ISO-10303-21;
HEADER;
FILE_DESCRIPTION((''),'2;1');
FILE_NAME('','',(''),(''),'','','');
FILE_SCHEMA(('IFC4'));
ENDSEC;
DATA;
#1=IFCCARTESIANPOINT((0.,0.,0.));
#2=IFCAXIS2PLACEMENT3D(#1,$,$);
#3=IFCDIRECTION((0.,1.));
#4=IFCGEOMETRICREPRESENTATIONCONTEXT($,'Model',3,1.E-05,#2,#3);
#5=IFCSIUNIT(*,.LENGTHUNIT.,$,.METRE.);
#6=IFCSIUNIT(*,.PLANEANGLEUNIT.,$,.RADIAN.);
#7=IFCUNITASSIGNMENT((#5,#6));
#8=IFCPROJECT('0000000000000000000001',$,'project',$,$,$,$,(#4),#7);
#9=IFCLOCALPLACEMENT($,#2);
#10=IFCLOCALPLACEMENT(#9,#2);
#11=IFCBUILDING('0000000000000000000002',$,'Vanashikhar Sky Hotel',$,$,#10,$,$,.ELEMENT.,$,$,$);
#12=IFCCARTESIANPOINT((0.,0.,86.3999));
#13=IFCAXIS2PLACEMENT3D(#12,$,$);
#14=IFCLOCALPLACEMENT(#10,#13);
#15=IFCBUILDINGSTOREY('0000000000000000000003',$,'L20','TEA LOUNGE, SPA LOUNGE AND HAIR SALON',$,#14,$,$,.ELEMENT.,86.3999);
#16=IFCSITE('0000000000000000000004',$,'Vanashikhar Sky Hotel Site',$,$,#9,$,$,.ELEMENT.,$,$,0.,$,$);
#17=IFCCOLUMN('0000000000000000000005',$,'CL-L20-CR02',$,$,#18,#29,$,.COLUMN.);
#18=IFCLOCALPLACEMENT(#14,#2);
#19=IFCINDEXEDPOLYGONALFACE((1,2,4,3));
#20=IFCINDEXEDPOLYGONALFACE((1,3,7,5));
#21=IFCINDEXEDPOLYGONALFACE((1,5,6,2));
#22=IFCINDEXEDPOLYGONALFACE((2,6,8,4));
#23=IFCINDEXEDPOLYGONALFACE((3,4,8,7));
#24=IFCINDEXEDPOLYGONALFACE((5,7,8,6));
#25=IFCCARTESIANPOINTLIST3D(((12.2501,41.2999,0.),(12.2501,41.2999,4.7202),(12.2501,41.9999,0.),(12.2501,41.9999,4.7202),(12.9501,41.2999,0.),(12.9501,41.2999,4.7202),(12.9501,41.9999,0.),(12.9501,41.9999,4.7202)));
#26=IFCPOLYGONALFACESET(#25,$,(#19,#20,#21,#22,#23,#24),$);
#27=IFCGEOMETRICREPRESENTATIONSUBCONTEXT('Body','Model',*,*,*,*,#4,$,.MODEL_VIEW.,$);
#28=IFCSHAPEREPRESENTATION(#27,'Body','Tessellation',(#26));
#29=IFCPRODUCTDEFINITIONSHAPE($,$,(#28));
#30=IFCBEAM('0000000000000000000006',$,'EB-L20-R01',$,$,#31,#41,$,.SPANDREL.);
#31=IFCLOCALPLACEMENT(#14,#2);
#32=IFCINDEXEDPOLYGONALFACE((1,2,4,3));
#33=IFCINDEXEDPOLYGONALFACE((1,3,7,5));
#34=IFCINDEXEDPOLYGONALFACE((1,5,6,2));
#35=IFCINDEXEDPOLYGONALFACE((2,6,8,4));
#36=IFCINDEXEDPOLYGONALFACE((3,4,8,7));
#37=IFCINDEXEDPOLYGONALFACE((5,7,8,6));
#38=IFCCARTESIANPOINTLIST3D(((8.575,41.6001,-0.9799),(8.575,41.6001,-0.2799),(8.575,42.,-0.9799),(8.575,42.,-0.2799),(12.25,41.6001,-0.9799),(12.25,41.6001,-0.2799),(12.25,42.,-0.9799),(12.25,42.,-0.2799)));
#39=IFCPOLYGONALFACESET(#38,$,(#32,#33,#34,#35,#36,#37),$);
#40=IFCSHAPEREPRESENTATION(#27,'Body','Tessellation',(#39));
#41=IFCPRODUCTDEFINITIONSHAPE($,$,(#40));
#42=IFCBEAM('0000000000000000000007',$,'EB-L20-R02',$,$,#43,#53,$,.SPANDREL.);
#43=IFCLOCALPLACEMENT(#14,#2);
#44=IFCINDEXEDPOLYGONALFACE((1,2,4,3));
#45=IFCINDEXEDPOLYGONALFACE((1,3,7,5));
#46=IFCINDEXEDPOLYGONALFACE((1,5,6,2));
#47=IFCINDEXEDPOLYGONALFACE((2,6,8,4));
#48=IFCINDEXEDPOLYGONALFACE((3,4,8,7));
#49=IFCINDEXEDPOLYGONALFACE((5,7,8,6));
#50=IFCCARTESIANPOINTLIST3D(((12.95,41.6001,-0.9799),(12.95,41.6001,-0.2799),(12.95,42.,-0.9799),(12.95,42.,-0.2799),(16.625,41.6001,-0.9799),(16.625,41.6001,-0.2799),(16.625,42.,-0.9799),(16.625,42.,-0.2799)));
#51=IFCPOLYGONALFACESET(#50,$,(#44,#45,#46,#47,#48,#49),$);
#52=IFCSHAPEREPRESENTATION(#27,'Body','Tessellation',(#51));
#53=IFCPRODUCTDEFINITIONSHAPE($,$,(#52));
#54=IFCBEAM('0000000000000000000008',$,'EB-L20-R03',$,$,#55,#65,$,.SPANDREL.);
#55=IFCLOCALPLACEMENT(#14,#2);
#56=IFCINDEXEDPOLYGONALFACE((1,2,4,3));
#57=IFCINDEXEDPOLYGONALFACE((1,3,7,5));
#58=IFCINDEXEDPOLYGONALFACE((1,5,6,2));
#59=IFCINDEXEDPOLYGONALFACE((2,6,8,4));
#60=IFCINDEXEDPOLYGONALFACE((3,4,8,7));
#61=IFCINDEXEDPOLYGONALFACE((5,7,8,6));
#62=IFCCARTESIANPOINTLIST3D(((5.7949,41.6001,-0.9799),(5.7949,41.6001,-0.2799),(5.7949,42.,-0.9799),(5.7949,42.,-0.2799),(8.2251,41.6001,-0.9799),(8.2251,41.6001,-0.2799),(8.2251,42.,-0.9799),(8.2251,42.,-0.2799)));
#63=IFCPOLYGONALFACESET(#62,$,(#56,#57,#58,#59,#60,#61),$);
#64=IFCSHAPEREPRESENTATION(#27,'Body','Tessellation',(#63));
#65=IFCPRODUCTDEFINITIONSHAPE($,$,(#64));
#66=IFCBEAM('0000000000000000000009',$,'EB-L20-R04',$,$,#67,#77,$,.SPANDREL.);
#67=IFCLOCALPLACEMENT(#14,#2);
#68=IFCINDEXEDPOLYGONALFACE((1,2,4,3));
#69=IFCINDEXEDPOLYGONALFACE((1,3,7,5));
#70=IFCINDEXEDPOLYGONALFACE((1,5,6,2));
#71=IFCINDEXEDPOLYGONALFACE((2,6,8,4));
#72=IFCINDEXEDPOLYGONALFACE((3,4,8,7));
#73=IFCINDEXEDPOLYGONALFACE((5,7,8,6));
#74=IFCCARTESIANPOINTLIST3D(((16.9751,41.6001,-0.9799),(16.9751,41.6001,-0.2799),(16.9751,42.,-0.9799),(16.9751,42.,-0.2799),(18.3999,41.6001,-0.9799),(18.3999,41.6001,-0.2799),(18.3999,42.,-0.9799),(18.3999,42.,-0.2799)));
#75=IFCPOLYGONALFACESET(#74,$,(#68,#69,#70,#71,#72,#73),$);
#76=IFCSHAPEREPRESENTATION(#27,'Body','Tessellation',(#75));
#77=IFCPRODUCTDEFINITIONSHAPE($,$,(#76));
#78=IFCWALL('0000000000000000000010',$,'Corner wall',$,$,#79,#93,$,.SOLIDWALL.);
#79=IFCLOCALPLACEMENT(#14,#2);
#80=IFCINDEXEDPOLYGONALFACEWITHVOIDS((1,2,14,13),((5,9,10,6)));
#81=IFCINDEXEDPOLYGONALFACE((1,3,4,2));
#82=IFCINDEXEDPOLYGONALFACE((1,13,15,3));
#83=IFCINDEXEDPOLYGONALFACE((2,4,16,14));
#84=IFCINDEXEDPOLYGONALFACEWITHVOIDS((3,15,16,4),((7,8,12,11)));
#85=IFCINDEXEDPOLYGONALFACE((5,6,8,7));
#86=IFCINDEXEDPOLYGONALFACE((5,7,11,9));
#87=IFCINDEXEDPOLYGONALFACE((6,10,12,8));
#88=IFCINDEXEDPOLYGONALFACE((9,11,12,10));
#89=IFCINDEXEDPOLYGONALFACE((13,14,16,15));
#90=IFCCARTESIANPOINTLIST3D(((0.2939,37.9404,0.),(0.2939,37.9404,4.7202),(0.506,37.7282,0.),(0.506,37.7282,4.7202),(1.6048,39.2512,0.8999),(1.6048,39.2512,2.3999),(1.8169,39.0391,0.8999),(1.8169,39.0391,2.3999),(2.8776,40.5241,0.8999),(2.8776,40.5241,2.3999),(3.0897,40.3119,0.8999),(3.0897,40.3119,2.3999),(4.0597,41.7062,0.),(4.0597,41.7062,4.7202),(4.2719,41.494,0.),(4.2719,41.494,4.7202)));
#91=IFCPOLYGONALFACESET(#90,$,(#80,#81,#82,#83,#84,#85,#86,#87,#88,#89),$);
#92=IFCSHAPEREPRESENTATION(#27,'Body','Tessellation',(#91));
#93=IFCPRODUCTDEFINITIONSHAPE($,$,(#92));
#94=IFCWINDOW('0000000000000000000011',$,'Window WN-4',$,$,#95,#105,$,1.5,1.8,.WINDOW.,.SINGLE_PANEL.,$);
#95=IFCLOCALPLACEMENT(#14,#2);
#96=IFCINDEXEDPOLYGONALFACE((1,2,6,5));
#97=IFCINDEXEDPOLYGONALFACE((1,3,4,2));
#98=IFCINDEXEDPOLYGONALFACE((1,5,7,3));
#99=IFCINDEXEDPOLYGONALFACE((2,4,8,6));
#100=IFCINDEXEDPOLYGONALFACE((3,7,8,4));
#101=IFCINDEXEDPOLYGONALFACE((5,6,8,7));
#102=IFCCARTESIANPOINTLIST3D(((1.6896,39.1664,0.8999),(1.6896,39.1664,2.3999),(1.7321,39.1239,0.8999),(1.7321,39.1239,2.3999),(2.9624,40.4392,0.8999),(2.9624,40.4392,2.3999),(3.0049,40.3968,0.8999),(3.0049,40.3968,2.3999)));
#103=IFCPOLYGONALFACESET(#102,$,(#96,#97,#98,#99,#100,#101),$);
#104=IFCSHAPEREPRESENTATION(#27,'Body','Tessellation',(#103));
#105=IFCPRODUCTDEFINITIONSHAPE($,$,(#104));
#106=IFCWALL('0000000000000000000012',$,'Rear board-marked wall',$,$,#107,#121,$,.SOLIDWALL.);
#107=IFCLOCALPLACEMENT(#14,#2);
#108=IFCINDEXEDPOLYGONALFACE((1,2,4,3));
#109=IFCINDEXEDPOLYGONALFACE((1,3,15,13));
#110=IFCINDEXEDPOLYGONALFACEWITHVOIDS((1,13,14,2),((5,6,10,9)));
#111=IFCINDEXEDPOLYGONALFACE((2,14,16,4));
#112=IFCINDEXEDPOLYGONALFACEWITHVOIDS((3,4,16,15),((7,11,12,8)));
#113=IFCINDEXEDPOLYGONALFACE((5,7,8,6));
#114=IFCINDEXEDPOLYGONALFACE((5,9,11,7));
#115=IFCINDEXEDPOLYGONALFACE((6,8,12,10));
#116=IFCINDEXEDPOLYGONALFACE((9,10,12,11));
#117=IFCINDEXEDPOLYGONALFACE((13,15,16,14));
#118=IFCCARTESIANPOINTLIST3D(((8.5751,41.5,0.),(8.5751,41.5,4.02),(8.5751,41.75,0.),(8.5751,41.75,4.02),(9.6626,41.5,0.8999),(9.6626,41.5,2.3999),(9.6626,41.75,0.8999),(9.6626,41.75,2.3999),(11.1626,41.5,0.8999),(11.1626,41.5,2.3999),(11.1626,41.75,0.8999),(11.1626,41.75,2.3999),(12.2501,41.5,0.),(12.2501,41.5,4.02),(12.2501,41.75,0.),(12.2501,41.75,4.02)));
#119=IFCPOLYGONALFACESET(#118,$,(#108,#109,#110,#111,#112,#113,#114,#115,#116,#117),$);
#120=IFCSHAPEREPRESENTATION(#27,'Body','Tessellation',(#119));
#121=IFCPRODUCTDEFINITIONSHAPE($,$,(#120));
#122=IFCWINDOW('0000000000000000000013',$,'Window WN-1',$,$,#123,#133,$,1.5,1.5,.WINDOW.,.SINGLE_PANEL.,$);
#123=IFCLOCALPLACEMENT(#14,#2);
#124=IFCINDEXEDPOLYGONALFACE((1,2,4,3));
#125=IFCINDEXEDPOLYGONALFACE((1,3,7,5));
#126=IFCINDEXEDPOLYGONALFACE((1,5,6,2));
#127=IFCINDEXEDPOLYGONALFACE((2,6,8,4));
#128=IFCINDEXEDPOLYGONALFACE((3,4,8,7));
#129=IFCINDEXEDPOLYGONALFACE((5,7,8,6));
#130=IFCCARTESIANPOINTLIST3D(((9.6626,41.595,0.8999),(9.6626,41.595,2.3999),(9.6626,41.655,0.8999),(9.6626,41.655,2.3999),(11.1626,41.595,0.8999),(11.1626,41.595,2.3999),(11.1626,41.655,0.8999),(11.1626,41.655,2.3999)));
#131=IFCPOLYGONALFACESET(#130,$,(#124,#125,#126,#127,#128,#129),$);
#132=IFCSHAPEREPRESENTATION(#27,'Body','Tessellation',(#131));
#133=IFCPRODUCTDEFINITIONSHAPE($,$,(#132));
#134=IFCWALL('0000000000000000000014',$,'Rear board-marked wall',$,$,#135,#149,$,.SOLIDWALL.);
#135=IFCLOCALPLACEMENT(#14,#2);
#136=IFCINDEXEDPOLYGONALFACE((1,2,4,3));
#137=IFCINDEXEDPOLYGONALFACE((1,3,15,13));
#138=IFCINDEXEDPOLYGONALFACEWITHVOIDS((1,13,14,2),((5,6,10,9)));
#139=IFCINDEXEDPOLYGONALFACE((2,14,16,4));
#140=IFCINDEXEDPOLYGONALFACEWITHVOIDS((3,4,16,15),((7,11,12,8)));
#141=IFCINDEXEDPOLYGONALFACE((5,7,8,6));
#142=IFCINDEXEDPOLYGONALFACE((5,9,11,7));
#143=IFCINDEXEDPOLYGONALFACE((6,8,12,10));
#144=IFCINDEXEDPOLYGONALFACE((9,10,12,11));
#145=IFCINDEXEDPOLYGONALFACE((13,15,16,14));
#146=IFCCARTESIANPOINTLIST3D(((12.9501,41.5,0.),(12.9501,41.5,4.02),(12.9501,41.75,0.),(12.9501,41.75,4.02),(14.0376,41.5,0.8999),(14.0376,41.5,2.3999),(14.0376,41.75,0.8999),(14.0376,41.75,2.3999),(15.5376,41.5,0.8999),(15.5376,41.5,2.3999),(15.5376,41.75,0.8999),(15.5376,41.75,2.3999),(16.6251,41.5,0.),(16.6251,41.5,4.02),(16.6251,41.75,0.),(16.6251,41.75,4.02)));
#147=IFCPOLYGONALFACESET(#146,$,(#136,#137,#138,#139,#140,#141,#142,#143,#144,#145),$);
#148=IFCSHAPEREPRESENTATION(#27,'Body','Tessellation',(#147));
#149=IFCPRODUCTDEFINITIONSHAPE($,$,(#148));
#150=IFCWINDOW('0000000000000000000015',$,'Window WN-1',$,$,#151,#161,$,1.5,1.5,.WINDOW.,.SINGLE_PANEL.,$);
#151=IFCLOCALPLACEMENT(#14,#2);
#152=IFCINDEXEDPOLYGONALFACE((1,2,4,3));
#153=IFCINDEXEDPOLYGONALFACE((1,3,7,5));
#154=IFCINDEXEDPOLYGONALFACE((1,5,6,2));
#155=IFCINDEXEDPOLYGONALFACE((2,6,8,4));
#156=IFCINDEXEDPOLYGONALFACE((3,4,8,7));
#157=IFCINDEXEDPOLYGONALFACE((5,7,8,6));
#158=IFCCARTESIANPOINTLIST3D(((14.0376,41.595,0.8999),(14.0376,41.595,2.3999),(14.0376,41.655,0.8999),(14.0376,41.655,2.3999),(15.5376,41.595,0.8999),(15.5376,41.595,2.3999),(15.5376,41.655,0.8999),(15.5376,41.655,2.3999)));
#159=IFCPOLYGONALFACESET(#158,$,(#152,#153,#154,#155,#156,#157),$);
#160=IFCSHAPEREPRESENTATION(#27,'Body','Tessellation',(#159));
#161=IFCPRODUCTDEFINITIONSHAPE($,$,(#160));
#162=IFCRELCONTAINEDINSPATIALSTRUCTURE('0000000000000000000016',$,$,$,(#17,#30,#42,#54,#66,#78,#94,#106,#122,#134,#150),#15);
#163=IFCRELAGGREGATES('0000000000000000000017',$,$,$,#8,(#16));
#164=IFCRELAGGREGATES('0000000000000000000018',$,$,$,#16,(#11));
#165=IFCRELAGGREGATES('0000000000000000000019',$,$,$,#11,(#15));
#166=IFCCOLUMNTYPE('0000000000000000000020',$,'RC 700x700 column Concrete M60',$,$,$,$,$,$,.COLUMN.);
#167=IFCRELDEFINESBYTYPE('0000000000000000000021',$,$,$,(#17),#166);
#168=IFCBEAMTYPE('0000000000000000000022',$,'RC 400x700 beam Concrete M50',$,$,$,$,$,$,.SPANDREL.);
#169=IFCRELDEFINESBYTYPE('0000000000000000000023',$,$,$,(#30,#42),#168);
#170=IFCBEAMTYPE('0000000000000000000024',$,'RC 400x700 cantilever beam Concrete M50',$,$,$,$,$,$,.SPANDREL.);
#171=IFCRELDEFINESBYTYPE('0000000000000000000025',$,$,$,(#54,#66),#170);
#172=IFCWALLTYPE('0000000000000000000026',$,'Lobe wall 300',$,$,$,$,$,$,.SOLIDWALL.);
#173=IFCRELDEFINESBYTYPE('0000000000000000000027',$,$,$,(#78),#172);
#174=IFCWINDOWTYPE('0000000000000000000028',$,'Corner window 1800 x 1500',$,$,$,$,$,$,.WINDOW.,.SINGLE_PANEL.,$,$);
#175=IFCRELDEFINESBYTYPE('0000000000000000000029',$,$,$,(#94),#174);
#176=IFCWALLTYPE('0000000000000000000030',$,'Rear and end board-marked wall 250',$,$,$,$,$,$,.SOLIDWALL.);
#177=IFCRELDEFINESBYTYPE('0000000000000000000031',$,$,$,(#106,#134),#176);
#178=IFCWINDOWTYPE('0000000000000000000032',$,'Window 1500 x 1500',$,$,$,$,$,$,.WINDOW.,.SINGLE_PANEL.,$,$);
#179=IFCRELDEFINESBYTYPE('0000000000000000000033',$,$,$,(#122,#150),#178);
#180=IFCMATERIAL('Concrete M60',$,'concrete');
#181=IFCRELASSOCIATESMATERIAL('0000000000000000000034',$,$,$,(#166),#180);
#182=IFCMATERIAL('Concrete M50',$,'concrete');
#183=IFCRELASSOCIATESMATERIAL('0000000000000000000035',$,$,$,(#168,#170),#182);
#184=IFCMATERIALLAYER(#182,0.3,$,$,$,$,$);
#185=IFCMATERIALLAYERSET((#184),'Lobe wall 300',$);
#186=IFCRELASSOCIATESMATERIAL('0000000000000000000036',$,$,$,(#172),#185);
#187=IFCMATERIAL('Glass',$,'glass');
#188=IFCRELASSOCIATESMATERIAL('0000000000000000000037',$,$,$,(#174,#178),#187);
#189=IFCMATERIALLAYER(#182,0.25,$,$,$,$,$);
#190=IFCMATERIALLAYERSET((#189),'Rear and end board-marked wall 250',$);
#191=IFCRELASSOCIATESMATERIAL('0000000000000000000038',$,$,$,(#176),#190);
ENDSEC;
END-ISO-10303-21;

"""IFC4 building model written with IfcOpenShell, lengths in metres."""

from ifc_helpers import new_model, si_unit, direction, frame, frame_2d, origin, origin_2d, place, context, subcontext, project, spatial, rectangle, extrude, source, transform, mapped, material, layer, layer_set, material_profile, profile_set, type_object, element, fill, save


model = new_model("IFC4")

# Units and contexts
model_context = context("Model", 3, precision=1e-05, world=origin(), true_north=direction((0.0, 1.0)))
body_context = subcontext(model_context, "Body", "Model", "MODEL_VIEW")
ifc_project = project(units=[si_unit("LENGTHUNIT", "METRE"), si_unit("PLANEANGLEUNIT", "RADIAN")], contexts=[model_context])

# Site, building, storey
site_placement = place(None, origin())
site = spatial("IfcSite", under=ifc_project, at=site_placement, Name="Vanashikhar Sky Hotel Site", CompositionType="ELEMENT", RefElevation=0.0)
building_placement = place(site_placement, origin())
building = spatial("IfcBuilding", under=site, at=building_placement, Name="Vanashikhar Sky Hotel", CompositionType="ELEMENT")
storey_placement = place(building_placement, frame((0.0, 0.0, 86.3999)))
storey = spatial("IfcBuildingStorey", under=building, at=storey_placement, Name="L20", Description="TEA LOUNGE, SPA LOUNGE AND HAIR SALON", CompositionType="ELEMENT", Elevation=86.3999)

# Column
ifc_material_1 = material(Name="Concrete M60", Category="concrete")
ifc_material_profile_1 = material_profile(ifc_material_1, rectangle(XDim=0.7, YDim=0.7, at=origin_2d()))
ifc_profile_set_1 = profile_set([ifc_material_profile_1], Name="RC 700x700 column Concrete M60")
column_type = type_object("IfcColumnType", Name="RC 700x700 column Concrete M60", PredefinedType="COLUMN", material=ifc_profile_set_1)
shared_shape_1 = source(origin(), body_context, "Body", "SweptSolid", [
    extrude(rectangle(XDim=0.7, YDim=0.7, at=origin_2d()), origin(), (0.0, 0.0, 1.0), 4.7202),
])
column_placement = place(storey_placement, frame((12.6001, 41.6499, 0.0), z_axis=(0.0, 0.0, 1.0), x_axis=(1.0, 0.0, 0.0)))
element("IfcColumn", 1, at=column_placement, inside=storey, type_object=column_type, Name="CL-L20-CR02", PredefinedType="COLUMN", context=body_context, shape_type="MappedRepresentation", body=[
    mapped(shared_shape_1, transform((0.0, 0.0, 0.0), scale=1.0)),
])

# Beams
ifc_material_2 = material(Name="Concrete M50", Category="concrete")
ifc_material_profile_2 = material_profile(ifc_material_2, rectangle(XDim=0.3999, YDim=0.7, at=origin_2d()))
ifc_profile_set_2 = profile_set([ifc_material_profile_2], Name="RC 400x700 beam Concrete M50")
beam_type_1 = type_object("IfcBeamType", Name="RC 400x700 beam Concrete M50", PredefinedType="SPANDREL", material=ifc_profile_set_2)
shared_shape_2 = source(origin(), body_context, "Body", "SweptSolid", [
    extrude(rectangle(XDim=0.3999, YDim=0.7, at=origin_2d()), origin(), (0.0, 0.0, 1.0), 3.675),
])
for number, where, z_axis, x_axis, name in (
    (2, (8.575, 41.8, -0.6299), (1.0, 0.0, 0.0), (0.0, 1.0, 0.0), "EB-L20-R01"),
    (3, (12.95, 41.8, -0.6299), (1.0, 0.0, 0.0), (0.0, 1.0, 0.0), "EB-L20-R02"),
):
    element("IfcBeam", number, at=place(storey_placement, frame(where, z_axis=z_axis, x_axis=x_axis)), inside=storey, type_object=beam_type_1, Name=name, PredefinedType="SPANDREL", context=body_context, shape_type="MappedRepresentation", body=[
        mapped(shared_shape_2, transform((0.0, 0.0, 0.0), scale=1.0)),
    ])
ifc_material_profile_3 = material_profile(ifc_material_2, rectangle(XDim=0.3999, YDim=0.7, at=origin_2d()))
ifc_profile_set_3 = profile_set([ifc_material_profile_3], Name="RC 400x700 cantilever beam Concrete M50")
beam_type_2 = type_object("IfcBeamType", Name="RC 400x700 cantilever beam Concrete M50", PredefinedType="SPANDREL", material=ifc_profile_set_3)
shared_shape_3 = source(origin(), body_context, "Body", "SweptSolid", [
    extrude(rectangle(XDim=0.3999, YDim=0.7, at=origin_2d()), origin(), (0.0, 0.0, 1.0), 2.4302),
])
beam_1_placement = place(storey_placement, frame((5.7949, 41.8, -0.6299), z_axis=(1.0, 0.0, 0.0), x_axis=(0.0, 1.0, 0.0)))
element("IfcBeam", 4, at=beam_1_placement, inside=storey, type_object=beam_type_2, Name="EB-L20-R03", PredefinedType="SPANDREL", context=body_context, shape_type="MappedRepresentation", body=[
    mapped(shared_shape_3, transform((0.0, 0.0, 0.0), scale=1.0)),
])
shared_shape_4 = source(origin(), body_context, "Body", "SweptSolid", [
    extrude(rectangle(XDim=0.3999, YDim=0.7, at=origin_2d()), origin(), (0.0, 0.0, 1.0), 1.4248),
])
beam_2_placement = place(storey_placement, frame((16.9751, 41.8, -0.6299), z_axis=(1.0, 0.0, 0.0), x_axis=(0.0, 1.0, 0.0)))
element("IfcBeam", 5, at=beam_2_placement, inside=storey, type_object=beam_type_2, Name="EB-L20-R04", PredefinedType="SPANDREL", context=body_context, shape_type="MappedRepresentation", body=[
    mapped(shared_shape_4, transform((0.0, 0.0, 0.0), scale=1.0)),
])

# Walls, openings, windows
ifc_layer_1 = layer(ifc_material_2, 0.3)
ifc_layer_set_1 = layer_set([ifc_layer_1], Name="Lobe wall 300")
wall_type_1 = type_object("IfcWallType", Name="Lobe wall 300", PredefinedType="SOLIDWALL", material=ifc_layer_set_1)
shared_shape_5 = source(origin(), body_context, "Body", "SweptSolid", [
    extrude(rectangle(XDim=5.3257, YDim=0.3, at=frame_2d((2.6628, 0.0))), origin(), (0.0, 0.0, 1.0), 4.7202),
])
wall_1_placement = place(storey_placement, frame((4.1658, 41.6001, 0.0), z_axis=(0.0, 0.0, 1.0), x_axis=(-0.707107, -0.707107, 0.0)))
wall_1 = element("IfcWall", 6, at=wall_1_placement, inside=storey, type_object=wall_type_1, Name="Corner wall", PredefinedType="SOLIDWALL", context=body_context, shape_type="MappedRepresentation", body=[
    mapped(shared_shape_5, transform((0.0, 0.0, 0.0), scale=1.0)),
])
shared_shape_6 = source(origin(), body_context, "Body", "SweptSolid", [
    extrude(rectangle(XDim=1.8, YDim=1.5, at=frame_2d((0.8999, 0.75))), frame((0.0, 0.1602, 0.0), z_axis=(0.0, -1.0, 0.0), x_axis=(1.0, 0.0, 0.0)), (0.0, 0.0, 1.0), 0.3201),
])
opening_1_placement = place(wall_1_placement, frame((1.6719, 0.0, 0.8999)))
opening_1 = element("IfcOpeningElement", 7, at=opening_1_placement, cuts=wall_1, PredefinedType="OPENING", context=body_context, shape_type="MappedRepresentation", body=[
    mapped(shared_shape_6, transform((0.0, 0.0, 0.0), scale=1.0)),
])
ifc_material_3 = material(Name="Glass", Category="glass")
window_type_1 = type_object("IfcWindowType", Name="Corner window 1800 x 1500", PartitioningType="SINGLE_PANEL", PredefinedType="WINDOW", material=ifc_material_3)
shared_shape_7 = source(origin(), body_context, "Body", "SweptSolid", [
    extrude(rectangle(XDim=1.8, YDim=1.5, at=frame_2d((0.8999, 0.75))), frame((0.0, 0.03, 0.0), z_axis=(0.0, -1.0, 0.0), x_axis=(1.0, 0.0, 0.0)), (0.0, 0.0, 1.0), 0.0601),
])
window_1_placement = place(opening_1_placement, origin())
window_1 = element("IfcWindow", 8, at=window_1_placement, inside=storey, type_object=window_type_1, Name="Window WN-4", OverallHeight=1.5, OverallWidth=1.8, PartitioningType="SINGLE_PANEL", PredefinedType="WINDOW", context=body_context, shape_type="MappedRepresentation", body=[
    mapped(shared_shape_7, transform((0.0, 0.0, 0.0), scale=1.0)),
])
fill(opening_1, window_1)
ifc_layer_2 = layer(ifc_material_2, 0.25)
ifc_layer_set_2 = layer_set([ifc_layer_2], Name="Rear and end board-marked wall 250")
wall_type_2 = type_object("IfcWallType", Name="Rear and end board-marked wall 250", PredefinedType="SOLIDWALL", material=ifc_layer_set_2)
shared_shape_8 = source(origin(), body_context, "Body", "SweptSolid", [
    extrude(rectangle(XDim=3.675, YDim=0.25, at=frame_2d((1.8374, 0.0))), origin(), (0.0, 0.0, 1.0), 4.02),
])
wall_2_placement = place(storey_placement, frame((12.25, 41.625, 0.0), z_axis=(0.0, 0.0, 1.0), x_axis=(-1.0, 0.0, 0.0)))
wall_2 = element("IfcWall", 9, at=wall_2_placement, inside=storey, type_object=wall_type_2, Name="Rear board-marked wall", PredefinedType="SOLIDWALL", context=body_context, shape_type="MappedRepresentation", body=[
    mapped(shared_shape_8, transform((0.0, 0.0, 0.0), scale=1.0)),
])
shared_shape_9 = source(origin(), body_context, "Body", "SweptSolid", [
    extrude(rectangle(XDim=1.5, YDim=1.5, at=frame_2d((0.75, 0.75))), frame((0.0, 0.135, 0.0), z_axis=(0.0, -1.0, 0.0), x_axis=(1.0, 0.0, 0.0)), (0.0, 0.0, 1.0), 0.27),
])
opening_2_placement = place(wall_2_placement, frame((1.0874, 0.0, 0.8999)))
opening_2 = element("IfcOpeningElement", 10, at=opening_2_placement, cuts=wall_2, PredefinedType="OPENING", context=body_context, shape_type="MappedRepresentation", body=[
    mapped(shared_shape_9, transform((0.0, 0.0, 0.0), scale=1.0)),
])
window_type_2 = type_object("IfcWindowType", Name="Window 1500 x 1500", PartitioningType="SINGLE_PANEL", PredefinedType="WINDOW", material=ifc_material_3)
shared_shape_10 = source(origin(), body_context, "Body", "SweptSolid", [
    extrude(rectangle(XDim=1.5, YDim=1.5, at=frame_2d((0.75, 0.75))), frame((0.0, 0.03, 0.0), z_axis=(0.0, -1.0, 0.0), x_axis=(1.0, 0.0, 0.0)), (0.0, 0.0, 1.0), 0.0601),
])
window_2_placement = place(opening_2_placement, origin())
window_2 = element("IfcWindow", 11, at=window_2_placement, inside=storey, type_object=window_type_2, Name="Window WN-1", OverallHeight=1.5, OverallWidth=1.5, PartitioningType="SINGLE_PANEL", PredefinedType="WINDOW", context=body_context, shape_type="MappedRepresentation", body=[
    mapped(shared_shape_10, transform((0.0, 0.0, 0.0), scale=1.0)),
])
fill(opening_2, window_2)
wall_3_placement = place(storey_placement, frame((16.625, 41.625, 0.0), z_axis=(0.0, 0.0, 1.0), x_axis=(-1.0, 0.0, 0.0)))
wall_3 = element("IfcWall", 12, at=wall_3_placement, inside=storey, type_object=wall_type_2, Name="Rear board-marked wall", PredefinedType="SOLIDWALL", context=body_context, shape_type="MappedRepresentation", body=[
    mapped(shared_shape_8, transform((0.0, 0.0, 0.0), scale=1.0)),
])
opening_3_placement = place(wall_3_placement, frame((1.0874, 0.0, 0.8999)))
opening_3 = element("IfcOpeningElement", 13, at=opening_3_placement, cuts=wall_3, PredefinedType="OPENING", context=body_context, shape_type="MappedRepresentation", body=[
    mapped(shared_shape_9, transform((0.0, 0.0, 0.0), scale=1.0)),
])
window_3_placement = place(opening_3_placement, origin())
window_3 = element("IfcWindow", 14, at=window_3_placement, inside=storey, type_object=window_type_2, Name="Window WN-1", OverallHeight=1.5, OverallWidth=1.5, PartitioningType="SINGLE_PANEL", PredefinedType="WINDOW", context=body_context, shape_type="MappedRepresentation", body=[
    mapped(shared_shape_10, transform((0.0, 0.0, 0.0), scale=1.0)),
])
fill(opening_3, window_3)

save(model, "model.ifc")
